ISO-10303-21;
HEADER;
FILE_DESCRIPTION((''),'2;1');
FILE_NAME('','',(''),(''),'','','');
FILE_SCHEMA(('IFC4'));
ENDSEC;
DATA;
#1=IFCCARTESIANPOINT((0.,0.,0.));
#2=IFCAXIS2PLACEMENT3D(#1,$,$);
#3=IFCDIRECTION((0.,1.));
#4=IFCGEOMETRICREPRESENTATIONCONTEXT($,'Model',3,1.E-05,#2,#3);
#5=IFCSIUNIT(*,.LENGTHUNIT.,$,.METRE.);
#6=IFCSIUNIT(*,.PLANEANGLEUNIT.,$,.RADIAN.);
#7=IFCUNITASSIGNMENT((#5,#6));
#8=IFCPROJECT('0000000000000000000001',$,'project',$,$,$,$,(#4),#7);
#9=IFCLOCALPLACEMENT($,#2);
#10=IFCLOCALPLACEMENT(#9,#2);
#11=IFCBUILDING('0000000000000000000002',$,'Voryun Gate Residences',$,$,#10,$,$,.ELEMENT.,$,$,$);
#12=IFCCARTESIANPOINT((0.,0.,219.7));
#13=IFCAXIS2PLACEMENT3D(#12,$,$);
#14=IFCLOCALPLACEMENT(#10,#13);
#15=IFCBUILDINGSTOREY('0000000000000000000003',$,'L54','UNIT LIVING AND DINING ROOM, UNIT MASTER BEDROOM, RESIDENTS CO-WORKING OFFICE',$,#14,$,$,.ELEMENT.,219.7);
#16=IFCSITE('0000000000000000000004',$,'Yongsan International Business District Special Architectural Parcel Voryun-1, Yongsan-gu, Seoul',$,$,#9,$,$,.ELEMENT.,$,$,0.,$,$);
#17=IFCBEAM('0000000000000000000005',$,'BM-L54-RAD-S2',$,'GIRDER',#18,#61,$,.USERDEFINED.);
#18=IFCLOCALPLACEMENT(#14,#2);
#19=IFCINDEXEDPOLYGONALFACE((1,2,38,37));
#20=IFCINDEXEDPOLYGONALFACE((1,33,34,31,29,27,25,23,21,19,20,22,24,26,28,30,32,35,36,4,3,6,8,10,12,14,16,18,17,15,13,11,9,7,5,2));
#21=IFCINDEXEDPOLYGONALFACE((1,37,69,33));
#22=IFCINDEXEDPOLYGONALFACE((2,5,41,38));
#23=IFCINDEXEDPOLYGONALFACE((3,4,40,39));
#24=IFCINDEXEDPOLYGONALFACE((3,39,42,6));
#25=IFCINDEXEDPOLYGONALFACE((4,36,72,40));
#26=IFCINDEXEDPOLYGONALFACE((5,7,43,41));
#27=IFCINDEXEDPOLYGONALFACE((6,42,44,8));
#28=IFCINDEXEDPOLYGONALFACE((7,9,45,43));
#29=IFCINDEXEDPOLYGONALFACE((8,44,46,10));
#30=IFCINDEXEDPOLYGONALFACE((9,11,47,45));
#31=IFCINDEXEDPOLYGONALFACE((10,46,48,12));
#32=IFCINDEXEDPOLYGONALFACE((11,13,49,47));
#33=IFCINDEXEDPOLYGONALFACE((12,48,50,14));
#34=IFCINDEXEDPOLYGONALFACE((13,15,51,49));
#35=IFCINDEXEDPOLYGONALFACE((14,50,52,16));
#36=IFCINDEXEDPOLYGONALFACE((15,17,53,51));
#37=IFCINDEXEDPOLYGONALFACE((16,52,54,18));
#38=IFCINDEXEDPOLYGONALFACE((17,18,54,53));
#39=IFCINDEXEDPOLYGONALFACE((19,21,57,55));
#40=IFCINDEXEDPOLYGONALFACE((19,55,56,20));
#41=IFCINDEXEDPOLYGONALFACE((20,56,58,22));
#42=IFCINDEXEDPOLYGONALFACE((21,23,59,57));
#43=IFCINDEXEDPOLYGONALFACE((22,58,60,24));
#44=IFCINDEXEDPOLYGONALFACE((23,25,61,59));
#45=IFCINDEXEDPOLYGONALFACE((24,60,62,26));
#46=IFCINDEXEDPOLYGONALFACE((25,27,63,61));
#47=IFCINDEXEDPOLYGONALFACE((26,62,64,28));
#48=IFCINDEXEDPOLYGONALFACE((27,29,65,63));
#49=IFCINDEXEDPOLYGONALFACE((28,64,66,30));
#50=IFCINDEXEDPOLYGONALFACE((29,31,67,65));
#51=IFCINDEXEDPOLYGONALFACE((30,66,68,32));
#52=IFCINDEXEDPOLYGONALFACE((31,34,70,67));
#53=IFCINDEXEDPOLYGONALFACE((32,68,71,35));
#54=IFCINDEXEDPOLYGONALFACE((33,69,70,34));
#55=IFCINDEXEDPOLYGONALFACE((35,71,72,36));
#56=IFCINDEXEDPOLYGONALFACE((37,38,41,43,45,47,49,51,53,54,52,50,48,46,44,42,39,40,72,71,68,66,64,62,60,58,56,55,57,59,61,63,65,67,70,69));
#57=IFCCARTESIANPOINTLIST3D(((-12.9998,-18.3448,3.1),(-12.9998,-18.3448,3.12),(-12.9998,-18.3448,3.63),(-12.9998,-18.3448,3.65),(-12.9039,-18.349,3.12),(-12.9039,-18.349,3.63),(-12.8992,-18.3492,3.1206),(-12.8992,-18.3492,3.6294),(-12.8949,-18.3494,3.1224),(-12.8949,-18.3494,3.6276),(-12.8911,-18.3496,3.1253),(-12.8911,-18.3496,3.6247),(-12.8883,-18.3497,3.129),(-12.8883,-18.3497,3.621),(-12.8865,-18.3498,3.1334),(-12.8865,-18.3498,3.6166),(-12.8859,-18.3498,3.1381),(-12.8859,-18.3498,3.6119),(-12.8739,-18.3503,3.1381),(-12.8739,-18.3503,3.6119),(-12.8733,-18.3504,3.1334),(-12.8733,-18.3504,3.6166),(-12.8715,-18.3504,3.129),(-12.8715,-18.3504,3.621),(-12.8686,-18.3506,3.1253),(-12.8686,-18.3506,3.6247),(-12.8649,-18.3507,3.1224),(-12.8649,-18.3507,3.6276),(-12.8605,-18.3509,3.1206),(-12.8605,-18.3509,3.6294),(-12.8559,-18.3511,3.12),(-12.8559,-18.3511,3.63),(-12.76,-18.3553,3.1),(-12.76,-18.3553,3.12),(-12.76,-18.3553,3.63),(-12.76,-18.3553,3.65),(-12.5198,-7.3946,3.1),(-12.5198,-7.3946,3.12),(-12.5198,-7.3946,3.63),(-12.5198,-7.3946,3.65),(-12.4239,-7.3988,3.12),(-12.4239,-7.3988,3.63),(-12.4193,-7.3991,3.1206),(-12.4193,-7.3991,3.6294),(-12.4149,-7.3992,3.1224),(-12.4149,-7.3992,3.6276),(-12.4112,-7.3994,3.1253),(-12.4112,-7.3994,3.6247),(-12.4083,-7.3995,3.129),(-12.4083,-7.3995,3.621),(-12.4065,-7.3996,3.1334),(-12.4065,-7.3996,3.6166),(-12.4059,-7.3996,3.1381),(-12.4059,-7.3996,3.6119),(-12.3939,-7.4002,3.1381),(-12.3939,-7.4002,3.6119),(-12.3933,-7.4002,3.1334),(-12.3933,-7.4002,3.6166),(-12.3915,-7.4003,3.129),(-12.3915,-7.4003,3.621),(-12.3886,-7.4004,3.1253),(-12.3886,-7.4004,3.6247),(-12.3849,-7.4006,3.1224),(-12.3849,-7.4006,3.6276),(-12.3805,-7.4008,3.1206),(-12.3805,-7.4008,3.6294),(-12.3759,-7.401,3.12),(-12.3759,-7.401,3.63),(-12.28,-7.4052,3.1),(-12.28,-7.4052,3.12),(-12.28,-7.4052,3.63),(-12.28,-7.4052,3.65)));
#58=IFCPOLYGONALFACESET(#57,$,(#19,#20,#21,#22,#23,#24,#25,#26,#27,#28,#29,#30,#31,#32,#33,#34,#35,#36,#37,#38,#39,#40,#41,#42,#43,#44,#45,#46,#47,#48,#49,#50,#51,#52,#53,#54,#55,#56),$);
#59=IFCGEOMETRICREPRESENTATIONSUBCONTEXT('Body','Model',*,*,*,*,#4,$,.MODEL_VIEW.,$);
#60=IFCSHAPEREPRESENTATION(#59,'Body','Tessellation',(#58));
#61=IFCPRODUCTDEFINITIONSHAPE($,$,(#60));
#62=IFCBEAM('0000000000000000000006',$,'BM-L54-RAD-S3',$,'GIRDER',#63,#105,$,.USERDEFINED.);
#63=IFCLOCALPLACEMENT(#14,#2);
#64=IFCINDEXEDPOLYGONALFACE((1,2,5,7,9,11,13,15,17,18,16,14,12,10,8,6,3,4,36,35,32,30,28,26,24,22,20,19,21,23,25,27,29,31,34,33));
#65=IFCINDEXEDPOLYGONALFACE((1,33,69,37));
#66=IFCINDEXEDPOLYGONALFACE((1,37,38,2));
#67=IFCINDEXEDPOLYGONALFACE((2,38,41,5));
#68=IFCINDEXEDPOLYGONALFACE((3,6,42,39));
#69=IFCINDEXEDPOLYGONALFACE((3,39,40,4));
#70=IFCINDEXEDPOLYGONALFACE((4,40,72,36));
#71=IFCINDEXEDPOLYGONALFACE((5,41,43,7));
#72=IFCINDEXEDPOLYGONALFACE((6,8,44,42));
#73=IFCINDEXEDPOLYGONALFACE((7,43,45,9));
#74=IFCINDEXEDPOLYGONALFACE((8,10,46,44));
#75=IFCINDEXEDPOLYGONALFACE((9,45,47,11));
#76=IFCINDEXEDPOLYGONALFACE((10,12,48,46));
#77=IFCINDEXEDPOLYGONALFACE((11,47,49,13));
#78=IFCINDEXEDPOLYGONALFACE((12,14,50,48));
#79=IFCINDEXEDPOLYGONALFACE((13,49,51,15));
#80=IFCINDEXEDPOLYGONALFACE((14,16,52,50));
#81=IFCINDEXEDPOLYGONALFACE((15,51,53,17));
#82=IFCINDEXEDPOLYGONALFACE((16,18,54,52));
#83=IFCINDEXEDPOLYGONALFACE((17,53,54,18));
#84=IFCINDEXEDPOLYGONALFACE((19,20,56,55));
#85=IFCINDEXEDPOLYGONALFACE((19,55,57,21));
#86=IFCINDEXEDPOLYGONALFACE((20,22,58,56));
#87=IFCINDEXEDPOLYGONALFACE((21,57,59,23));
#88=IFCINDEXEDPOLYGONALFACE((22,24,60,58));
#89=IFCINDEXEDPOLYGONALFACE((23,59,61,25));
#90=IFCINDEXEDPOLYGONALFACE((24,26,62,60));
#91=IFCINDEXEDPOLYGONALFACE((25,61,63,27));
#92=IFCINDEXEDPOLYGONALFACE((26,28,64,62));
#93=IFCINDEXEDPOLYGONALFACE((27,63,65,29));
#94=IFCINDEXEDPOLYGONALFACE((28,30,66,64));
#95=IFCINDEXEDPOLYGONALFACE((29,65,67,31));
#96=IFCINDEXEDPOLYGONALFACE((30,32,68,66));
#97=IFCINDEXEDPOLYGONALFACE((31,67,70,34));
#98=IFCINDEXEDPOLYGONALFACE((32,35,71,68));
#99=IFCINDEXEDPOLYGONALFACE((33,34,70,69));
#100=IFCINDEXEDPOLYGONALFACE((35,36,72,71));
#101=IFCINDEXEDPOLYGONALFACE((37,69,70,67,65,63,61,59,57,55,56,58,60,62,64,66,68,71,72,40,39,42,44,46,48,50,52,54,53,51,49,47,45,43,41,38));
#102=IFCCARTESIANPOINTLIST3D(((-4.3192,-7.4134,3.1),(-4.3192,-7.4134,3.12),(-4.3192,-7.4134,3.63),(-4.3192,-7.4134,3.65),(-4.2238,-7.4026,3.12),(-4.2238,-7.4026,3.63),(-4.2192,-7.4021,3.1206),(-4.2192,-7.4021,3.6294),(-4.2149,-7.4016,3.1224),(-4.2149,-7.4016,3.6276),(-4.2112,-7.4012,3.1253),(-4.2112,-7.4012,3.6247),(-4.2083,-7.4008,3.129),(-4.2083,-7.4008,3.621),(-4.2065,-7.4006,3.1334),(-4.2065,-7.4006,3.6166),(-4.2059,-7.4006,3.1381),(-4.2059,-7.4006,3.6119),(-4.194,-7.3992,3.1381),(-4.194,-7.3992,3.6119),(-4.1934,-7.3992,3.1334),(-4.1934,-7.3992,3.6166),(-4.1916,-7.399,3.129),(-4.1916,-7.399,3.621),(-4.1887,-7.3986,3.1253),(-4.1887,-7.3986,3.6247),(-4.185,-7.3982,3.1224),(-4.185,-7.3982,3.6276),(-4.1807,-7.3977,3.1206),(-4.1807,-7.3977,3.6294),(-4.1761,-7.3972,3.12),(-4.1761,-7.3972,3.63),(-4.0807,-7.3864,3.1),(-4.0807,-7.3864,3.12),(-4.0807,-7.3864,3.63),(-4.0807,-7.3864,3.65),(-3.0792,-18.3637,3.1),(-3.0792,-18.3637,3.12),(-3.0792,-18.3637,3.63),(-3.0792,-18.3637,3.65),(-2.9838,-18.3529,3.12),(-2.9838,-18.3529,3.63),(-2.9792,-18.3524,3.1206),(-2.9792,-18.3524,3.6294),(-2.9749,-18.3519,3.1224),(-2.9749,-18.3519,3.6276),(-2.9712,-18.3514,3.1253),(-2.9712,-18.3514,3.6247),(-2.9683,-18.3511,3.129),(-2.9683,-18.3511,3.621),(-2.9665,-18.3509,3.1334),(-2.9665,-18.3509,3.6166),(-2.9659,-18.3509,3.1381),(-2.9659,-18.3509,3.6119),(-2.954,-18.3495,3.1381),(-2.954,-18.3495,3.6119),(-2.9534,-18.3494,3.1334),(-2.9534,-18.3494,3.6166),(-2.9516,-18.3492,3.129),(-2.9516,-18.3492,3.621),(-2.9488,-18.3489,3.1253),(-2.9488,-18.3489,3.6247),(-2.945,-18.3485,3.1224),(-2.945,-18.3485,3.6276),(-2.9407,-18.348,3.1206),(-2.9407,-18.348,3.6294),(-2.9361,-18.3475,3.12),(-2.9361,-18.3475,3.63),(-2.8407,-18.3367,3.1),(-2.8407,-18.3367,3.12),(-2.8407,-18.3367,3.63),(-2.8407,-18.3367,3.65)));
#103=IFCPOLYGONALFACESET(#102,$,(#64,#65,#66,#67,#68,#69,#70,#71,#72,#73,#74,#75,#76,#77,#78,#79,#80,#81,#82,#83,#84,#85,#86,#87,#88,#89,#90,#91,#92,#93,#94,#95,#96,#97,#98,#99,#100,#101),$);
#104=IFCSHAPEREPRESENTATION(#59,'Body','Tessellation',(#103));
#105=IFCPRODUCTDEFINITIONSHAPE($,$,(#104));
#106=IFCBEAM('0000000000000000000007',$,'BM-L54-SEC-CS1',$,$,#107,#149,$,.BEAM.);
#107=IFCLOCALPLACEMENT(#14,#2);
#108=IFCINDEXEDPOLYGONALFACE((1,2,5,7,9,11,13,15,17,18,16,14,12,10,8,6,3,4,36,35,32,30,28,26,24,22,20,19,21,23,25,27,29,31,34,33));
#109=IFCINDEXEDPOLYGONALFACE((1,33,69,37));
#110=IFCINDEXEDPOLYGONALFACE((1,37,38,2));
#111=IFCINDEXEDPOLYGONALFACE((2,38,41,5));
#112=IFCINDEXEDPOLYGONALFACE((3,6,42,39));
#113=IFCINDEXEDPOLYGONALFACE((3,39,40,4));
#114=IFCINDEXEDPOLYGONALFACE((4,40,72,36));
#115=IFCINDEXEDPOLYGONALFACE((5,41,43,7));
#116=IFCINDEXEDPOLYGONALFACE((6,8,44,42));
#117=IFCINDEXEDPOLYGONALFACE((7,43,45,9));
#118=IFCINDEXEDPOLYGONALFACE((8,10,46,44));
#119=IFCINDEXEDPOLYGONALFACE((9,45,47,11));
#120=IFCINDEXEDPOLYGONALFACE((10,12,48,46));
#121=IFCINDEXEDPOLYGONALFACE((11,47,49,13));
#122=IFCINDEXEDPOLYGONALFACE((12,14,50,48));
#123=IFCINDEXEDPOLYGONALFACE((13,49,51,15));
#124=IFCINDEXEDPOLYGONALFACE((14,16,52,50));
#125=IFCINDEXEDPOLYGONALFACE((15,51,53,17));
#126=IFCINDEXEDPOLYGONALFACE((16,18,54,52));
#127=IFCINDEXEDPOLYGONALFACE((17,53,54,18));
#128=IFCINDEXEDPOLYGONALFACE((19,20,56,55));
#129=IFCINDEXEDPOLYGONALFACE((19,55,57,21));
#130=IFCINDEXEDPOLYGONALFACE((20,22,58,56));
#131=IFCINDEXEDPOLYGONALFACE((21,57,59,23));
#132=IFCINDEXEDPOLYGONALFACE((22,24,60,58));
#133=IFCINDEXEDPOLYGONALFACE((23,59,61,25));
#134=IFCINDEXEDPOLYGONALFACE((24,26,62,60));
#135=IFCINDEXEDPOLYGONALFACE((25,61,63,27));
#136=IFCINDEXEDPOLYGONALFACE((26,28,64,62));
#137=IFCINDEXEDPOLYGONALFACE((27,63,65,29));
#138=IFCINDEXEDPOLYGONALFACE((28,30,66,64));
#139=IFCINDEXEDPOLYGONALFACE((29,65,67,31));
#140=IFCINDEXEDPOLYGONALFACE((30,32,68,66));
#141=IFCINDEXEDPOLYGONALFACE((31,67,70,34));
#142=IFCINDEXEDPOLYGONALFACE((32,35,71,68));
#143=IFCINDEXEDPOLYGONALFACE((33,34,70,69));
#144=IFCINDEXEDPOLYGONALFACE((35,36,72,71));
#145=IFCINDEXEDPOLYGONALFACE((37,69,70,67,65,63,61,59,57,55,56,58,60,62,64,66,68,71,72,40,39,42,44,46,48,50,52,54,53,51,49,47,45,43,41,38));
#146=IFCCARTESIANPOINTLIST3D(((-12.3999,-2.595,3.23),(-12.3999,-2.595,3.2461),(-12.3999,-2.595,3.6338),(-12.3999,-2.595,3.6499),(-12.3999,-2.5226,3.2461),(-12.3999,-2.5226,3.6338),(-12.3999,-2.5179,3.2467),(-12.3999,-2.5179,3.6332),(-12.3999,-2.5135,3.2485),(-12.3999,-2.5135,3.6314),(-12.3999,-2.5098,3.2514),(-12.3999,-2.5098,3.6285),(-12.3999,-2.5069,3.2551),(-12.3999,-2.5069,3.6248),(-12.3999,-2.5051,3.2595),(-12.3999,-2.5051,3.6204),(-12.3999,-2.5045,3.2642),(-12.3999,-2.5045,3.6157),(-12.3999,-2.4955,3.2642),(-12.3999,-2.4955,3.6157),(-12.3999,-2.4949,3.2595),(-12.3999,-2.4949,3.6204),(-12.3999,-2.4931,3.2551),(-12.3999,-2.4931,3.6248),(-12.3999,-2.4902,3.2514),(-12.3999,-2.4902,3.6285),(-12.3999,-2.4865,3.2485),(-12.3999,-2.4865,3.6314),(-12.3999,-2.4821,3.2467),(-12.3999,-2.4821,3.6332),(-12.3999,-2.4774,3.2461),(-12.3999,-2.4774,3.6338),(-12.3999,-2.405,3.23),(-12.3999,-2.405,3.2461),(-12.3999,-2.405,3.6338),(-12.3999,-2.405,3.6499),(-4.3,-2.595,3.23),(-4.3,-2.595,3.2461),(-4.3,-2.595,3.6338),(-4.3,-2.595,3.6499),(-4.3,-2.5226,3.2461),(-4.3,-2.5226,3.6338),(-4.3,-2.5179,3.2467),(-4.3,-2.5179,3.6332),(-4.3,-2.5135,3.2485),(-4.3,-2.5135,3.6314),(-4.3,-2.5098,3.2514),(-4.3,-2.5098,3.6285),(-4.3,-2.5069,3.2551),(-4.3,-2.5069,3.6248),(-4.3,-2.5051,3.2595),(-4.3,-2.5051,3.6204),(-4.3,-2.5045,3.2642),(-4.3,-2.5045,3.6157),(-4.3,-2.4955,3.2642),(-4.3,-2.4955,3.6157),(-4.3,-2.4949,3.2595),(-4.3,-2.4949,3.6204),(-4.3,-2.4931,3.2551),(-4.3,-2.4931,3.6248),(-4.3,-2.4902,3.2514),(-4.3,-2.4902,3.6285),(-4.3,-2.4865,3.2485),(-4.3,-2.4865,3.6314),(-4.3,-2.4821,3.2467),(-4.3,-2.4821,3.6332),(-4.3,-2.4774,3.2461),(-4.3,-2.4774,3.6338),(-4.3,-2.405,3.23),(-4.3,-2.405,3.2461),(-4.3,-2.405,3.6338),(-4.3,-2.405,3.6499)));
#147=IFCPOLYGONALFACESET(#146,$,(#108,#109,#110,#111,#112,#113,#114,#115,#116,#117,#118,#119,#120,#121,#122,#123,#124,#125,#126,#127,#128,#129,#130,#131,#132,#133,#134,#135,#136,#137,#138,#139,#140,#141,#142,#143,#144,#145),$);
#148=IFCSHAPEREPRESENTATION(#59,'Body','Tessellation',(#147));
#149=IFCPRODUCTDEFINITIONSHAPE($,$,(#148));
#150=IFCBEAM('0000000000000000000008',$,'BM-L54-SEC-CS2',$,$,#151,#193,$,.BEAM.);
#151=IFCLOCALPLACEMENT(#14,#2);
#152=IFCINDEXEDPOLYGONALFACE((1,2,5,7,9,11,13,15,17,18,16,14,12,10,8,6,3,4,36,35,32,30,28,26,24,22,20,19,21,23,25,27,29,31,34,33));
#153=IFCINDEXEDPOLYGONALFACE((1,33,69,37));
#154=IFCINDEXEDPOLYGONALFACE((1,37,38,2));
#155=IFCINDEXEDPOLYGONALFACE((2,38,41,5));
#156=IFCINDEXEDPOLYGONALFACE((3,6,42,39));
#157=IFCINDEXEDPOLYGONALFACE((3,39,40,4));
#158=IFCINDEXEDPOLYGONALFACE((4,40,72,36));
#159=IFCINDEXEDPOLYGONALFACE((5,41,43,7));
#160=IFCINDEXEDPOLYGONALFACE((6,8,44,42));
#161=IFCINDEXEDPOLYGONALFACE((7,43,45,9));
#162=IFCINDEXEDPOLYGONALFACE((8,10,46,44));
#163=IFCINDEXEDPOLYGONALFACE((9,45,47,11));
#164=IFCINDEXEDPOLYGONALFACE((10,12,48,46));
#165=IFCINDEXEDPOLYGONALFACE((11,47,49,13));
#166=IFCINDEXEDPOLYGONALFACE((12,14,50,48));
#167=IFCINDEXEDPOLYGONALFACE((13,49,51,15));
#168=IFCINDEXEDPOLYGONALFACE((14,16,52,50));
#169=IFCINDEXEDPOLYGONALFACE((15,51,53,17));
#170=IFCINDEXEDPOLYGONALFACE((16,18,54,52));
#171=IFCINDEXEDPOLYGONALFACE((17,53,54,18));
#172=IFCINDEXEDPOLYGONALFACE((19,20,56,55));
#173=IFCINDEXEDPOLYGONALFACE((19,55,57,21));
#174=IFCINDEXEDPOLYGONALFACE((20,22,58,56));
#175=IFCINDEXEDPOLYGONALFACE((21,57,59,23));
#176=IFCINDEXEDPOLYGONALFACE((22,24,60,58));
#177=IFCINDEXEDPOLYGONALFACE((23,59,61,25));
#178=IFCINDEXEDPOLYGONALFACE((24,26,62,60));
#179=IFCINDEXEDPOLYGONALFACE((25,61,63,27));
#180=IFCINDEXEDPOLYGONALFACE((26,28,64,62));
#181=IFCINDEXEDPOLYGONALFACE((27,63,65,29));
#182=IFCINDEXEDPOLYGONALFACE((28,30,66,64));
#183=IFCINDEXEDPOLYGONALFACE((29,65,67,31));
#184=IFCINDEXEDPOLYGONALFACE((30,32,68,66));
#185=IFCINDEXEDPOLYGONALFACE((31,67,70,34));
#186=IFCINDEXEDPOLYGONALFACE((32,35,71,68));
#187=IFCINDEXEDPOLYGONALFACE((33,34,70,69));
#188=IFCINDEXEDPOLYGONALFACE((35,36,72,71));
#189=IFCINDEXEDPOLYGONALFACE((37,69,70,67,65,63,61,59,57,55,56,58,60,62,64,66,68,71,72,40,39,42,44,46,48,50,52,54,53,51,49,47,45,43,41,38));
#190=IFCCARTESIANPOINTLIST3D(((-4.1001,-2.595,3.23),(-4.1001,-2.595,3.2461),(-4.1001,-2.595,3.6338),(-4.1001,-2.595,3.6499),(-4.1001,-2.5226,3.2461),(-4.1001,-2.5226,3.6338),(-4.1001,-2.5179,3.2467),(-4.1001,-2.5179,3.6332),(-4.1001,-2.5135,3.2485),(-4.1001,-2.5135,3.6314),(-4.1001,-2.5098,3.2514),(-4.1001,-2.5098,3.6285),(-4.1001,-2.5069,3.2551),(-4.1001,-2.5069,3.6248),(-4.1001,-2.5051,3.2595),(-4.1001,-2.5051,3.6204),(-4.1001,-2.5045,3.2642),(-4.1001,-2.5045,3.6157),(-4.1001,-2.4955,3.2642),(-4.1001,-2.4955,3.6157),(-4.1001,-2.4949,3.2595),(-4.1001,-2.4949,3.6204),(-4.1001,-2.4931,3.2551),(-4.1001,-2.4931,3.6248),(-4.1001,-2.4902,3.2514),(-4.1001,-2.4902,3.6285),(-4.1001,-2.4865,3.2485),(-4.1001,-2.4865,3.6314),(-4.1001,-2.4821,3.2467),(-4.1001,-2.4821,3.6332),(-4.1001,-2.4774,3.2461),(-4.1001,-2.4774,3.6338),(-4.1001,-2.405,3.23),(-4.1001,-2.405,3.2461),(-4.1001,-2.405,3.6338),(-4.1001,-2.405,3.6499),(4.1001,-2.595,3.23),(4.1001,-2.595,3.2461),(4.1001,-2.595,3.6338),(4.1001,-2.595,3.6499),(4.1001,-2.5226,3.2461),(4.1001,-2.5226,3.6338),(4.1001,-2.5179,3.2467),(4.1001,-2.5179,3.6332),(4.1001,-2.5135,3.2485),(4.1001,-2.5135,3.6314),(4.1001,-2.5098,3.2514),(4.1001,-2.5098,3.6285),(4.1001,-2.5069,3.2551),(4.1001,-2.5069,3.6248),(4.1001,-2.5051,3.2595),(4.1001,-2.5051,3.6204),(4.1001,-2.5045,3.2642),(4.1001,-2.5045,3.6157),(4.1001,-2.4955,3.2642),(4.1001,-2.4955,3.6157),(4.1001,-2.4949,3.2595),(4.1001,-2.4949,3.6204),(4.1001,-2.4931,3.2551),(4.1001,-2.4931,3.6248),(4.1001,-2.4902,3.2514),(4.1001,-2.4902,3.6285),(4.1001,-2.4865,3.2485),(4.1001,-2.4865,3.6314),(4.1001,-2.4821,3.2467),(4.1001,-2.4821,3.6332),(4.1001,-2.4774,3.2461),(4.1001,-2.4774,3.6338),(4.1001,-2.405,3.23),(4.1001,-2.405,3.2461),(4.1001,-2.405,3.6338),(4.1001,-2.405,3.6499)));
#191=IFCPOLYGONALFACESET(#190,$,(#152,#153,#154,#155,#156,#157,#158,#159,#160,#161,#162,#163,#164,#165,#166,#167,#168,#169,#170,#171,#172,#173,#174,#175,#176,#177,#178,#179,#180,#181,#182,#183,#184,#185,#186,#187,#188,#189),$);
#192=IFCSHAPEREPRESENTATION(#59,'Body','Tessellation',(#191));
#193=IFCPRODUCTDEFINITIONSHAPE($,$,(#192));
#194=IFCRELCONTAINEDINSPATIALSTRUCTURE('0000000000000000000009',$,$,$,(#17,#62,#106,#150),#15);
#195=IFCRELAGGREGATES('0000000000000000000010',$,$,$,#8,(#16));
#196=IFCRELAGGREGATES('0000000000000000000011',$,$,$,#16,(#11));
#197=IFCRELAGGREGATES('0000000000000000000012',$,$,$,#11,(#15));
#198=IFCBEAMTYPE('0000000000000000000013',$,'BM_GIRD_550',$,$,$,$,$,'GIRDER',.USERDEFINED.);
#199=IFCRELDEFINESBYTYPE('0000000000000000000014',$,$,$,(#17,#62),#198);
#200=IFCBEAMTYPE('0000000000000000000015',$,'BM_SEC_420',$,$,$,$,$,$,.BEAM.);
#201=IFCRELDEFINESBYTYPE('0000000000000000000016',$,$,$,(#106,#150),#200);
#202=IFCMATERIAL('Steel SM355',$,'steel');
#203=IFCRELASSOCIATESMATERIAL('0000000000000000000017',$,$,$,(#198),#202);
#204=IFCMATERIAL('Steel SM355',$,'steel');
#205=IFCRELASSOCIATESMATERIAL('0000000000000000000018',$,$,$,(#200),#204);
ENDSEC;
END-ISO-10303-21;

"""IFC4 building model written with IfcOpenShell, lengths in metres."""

from ifc_helpers import new_model, si_unit, direction, frame, origin, origin_2d, place, context, subcontext, project, spatial, i_section, extrude, material, material_profile, profile_set, type_object, element, save


model = new_model("IFC4")

# Units and contexts
model_context = context("Model", 3, precision=1e-05, world=origin(), true_north=direction((0.0, 1.0)))
body_context = subcontext(model_context, "Body", "Model", "MODEL_VIEW")
ifc_project = project(units=[si_unit("LENGTHUNIT", "METRE"), si_unit("PLANEANGLEUNIT", "RADIAN")], contexts=[model_context])

# Site, building, storey
site_placement = place(None, origin())
site = spatial("IfcSite", under=ifc_project, at=site_placement, Name="Yongsan International Business District Special Architectural Parcel Voryun-1, Yongsan-gu, Seoul", CompositionType="ELEMENT", RefElevation=0.0)
building_placement = place(site_placement, origin())
building = spatial("IfcBuilding", under=site, at=building_placement, Name="Voryun Gate Residences", CompositionType="ELEMENT")
storey_placement = place(building_placement, frame((0.0, 0.0, 219.7)))
storey = spatial("IfcBuildingStorey", under=building, at=storey_placement, Name="L54", Description="UNIT LIVING AND DINING ROOM, UNIT MASTER BEDROOM, RESIDENTS CO-WORKING OFFICE", CompositionType="ELEMENT", Elevation=219.7)

# Beams
ifc_material_1 = material(Name="Steel SM355", Category="steel")
ifc_material_profile_1 = material_profile(ifc_material_1, i_section(OverallWidth=0.24, OverallDepth=0.55, WebThickness=0.012, FlangeThickness=0.02, FilletRadius=0.0181, at=origin_2d()), Name="H-550x240x12x20")
ifc_profile_set_1 = profile_set([ifc_material_profile_1], Name="Steel SM355")
beam_type_1 = type_object("IfcBeamType", Name="BM_GIRD_550", ElementType="GIRDER", PredefinedType="USERDEFINED", material=ifc_profile_set_1)
beam_1_placement = place(storey_placement, frame((-12.3999, -7.3999, 3.375), z_axis=(-0.043791, -0.999041, 0.0), x_axis=(0.999041, -0.043791, 0.0)))
element("IfcBeam", 1, at=beam_1_placement, inside=storey, type_object=beam_type_1, Name="BM-L54-RAD-S2", ObjectType="GIRDER", PredefinedType="USERDEFINED", context=body_context, shape_type="SweptSolid", body=[
    extrude(i_section(OverallWidth=0.24, OverallDepth=0.55, WebThickness=0.012, FlangeThickness=0.02, FilletRadius=0.0181, at=origin_2d()), origin(), (0.0, 0.0, 1.0), 10.9607),
])
beam_2_placement = place(storey_placement, frame((-4.2, -7.3999, 3.375), z_axis=(0.11252, -0.993649, 0.0), x_axis=(0.993649, 0.11252, 0.0)))
element("IfcBeam", 2, at=beam_2_placement, inside=storey, type_object=beam_type_1, Name="BM-L54-RAD-S3", ObjectType="GIRDER", PredefinedType="USERDEFINED", context=body_context, shape_type="SweptSolid", body=[
    extrude(i_section(OverallWidth=0.24, OverallDepth=0.55, WebThickness=0.012, FlangeThickness=0.02, FilletRadius=0.0181, at=origin_2d()), origin(), (0.0, 0.0, 1.0), 11.0203),
])
ifc_material_2 = material(Name="Steel SM355", Category="steel")
ifc_material_profile_2 = material_profile(ifc_material_2, i_section(OverallWidth=0.1899, OverallDepth=0.4199, WebThickness=0.009, FlangeThickness=0.0161, FilletRadius=0.0181, at=origin_2d()), Name="H-420x190x9x16")
ifc_profile_set_2 = profile_set([ifc_material_profile_2], Name="Steel SM355")
beam_type_2 = type_object("IfcBeamType", Name="BM_SEC_420", PredefinedType="BEAM", material=ifc_profile_set_2)
beam_3_placement = place(storey_placement, frame((-12.3999, -2.5, 3.4399), z_axis=(1.0, 0.0, 0.0), x_axis=(0.0, 1.0, 0.0)))
element("IfcBeam", 3, at=beam_3_placement, inside=storey, type_object=beam_type_2, Name="BM-L54-SEC-CS1", PredefinedType="BEAM", context=body_context, shape_type="SweptSolid", body=[
    extrude(i_section(OverallWidth=0.1899, OverallDepth=0.4199, WebThickness=0.009, FlangeThickness=0.0161, FilletRadius=0.0181, at=origin_2d()), origin(), (0.0, 0.0, 1.0), 8.0999),
])
beam_4_placement = place(storey_placement, frame((-4.1001, -2.5, 3.4399), z_axis=(1.0, 0.0, 0.0), x_axis=(0.0, 1.0, 0.0)))
element("IfcBeam", 4, at=beam_4_placement, inside=storey, type_object=beam_type_2, Name="BM-L54-SEC-CS2", PredefinedType="BEAM", context=body_context, shape_type="SweptSolid", body=[
    extrude(i_section(OverallWidth=0.1899, OverallDepth=0.4199, WebThickness=0.009, FlangeThickness=0.0161, FilletRadius=0.0181, at=origin_2d()), origin(), (0.0, 0.0, 1.0), 8.2002),
])

save(model, "model.ifc")
